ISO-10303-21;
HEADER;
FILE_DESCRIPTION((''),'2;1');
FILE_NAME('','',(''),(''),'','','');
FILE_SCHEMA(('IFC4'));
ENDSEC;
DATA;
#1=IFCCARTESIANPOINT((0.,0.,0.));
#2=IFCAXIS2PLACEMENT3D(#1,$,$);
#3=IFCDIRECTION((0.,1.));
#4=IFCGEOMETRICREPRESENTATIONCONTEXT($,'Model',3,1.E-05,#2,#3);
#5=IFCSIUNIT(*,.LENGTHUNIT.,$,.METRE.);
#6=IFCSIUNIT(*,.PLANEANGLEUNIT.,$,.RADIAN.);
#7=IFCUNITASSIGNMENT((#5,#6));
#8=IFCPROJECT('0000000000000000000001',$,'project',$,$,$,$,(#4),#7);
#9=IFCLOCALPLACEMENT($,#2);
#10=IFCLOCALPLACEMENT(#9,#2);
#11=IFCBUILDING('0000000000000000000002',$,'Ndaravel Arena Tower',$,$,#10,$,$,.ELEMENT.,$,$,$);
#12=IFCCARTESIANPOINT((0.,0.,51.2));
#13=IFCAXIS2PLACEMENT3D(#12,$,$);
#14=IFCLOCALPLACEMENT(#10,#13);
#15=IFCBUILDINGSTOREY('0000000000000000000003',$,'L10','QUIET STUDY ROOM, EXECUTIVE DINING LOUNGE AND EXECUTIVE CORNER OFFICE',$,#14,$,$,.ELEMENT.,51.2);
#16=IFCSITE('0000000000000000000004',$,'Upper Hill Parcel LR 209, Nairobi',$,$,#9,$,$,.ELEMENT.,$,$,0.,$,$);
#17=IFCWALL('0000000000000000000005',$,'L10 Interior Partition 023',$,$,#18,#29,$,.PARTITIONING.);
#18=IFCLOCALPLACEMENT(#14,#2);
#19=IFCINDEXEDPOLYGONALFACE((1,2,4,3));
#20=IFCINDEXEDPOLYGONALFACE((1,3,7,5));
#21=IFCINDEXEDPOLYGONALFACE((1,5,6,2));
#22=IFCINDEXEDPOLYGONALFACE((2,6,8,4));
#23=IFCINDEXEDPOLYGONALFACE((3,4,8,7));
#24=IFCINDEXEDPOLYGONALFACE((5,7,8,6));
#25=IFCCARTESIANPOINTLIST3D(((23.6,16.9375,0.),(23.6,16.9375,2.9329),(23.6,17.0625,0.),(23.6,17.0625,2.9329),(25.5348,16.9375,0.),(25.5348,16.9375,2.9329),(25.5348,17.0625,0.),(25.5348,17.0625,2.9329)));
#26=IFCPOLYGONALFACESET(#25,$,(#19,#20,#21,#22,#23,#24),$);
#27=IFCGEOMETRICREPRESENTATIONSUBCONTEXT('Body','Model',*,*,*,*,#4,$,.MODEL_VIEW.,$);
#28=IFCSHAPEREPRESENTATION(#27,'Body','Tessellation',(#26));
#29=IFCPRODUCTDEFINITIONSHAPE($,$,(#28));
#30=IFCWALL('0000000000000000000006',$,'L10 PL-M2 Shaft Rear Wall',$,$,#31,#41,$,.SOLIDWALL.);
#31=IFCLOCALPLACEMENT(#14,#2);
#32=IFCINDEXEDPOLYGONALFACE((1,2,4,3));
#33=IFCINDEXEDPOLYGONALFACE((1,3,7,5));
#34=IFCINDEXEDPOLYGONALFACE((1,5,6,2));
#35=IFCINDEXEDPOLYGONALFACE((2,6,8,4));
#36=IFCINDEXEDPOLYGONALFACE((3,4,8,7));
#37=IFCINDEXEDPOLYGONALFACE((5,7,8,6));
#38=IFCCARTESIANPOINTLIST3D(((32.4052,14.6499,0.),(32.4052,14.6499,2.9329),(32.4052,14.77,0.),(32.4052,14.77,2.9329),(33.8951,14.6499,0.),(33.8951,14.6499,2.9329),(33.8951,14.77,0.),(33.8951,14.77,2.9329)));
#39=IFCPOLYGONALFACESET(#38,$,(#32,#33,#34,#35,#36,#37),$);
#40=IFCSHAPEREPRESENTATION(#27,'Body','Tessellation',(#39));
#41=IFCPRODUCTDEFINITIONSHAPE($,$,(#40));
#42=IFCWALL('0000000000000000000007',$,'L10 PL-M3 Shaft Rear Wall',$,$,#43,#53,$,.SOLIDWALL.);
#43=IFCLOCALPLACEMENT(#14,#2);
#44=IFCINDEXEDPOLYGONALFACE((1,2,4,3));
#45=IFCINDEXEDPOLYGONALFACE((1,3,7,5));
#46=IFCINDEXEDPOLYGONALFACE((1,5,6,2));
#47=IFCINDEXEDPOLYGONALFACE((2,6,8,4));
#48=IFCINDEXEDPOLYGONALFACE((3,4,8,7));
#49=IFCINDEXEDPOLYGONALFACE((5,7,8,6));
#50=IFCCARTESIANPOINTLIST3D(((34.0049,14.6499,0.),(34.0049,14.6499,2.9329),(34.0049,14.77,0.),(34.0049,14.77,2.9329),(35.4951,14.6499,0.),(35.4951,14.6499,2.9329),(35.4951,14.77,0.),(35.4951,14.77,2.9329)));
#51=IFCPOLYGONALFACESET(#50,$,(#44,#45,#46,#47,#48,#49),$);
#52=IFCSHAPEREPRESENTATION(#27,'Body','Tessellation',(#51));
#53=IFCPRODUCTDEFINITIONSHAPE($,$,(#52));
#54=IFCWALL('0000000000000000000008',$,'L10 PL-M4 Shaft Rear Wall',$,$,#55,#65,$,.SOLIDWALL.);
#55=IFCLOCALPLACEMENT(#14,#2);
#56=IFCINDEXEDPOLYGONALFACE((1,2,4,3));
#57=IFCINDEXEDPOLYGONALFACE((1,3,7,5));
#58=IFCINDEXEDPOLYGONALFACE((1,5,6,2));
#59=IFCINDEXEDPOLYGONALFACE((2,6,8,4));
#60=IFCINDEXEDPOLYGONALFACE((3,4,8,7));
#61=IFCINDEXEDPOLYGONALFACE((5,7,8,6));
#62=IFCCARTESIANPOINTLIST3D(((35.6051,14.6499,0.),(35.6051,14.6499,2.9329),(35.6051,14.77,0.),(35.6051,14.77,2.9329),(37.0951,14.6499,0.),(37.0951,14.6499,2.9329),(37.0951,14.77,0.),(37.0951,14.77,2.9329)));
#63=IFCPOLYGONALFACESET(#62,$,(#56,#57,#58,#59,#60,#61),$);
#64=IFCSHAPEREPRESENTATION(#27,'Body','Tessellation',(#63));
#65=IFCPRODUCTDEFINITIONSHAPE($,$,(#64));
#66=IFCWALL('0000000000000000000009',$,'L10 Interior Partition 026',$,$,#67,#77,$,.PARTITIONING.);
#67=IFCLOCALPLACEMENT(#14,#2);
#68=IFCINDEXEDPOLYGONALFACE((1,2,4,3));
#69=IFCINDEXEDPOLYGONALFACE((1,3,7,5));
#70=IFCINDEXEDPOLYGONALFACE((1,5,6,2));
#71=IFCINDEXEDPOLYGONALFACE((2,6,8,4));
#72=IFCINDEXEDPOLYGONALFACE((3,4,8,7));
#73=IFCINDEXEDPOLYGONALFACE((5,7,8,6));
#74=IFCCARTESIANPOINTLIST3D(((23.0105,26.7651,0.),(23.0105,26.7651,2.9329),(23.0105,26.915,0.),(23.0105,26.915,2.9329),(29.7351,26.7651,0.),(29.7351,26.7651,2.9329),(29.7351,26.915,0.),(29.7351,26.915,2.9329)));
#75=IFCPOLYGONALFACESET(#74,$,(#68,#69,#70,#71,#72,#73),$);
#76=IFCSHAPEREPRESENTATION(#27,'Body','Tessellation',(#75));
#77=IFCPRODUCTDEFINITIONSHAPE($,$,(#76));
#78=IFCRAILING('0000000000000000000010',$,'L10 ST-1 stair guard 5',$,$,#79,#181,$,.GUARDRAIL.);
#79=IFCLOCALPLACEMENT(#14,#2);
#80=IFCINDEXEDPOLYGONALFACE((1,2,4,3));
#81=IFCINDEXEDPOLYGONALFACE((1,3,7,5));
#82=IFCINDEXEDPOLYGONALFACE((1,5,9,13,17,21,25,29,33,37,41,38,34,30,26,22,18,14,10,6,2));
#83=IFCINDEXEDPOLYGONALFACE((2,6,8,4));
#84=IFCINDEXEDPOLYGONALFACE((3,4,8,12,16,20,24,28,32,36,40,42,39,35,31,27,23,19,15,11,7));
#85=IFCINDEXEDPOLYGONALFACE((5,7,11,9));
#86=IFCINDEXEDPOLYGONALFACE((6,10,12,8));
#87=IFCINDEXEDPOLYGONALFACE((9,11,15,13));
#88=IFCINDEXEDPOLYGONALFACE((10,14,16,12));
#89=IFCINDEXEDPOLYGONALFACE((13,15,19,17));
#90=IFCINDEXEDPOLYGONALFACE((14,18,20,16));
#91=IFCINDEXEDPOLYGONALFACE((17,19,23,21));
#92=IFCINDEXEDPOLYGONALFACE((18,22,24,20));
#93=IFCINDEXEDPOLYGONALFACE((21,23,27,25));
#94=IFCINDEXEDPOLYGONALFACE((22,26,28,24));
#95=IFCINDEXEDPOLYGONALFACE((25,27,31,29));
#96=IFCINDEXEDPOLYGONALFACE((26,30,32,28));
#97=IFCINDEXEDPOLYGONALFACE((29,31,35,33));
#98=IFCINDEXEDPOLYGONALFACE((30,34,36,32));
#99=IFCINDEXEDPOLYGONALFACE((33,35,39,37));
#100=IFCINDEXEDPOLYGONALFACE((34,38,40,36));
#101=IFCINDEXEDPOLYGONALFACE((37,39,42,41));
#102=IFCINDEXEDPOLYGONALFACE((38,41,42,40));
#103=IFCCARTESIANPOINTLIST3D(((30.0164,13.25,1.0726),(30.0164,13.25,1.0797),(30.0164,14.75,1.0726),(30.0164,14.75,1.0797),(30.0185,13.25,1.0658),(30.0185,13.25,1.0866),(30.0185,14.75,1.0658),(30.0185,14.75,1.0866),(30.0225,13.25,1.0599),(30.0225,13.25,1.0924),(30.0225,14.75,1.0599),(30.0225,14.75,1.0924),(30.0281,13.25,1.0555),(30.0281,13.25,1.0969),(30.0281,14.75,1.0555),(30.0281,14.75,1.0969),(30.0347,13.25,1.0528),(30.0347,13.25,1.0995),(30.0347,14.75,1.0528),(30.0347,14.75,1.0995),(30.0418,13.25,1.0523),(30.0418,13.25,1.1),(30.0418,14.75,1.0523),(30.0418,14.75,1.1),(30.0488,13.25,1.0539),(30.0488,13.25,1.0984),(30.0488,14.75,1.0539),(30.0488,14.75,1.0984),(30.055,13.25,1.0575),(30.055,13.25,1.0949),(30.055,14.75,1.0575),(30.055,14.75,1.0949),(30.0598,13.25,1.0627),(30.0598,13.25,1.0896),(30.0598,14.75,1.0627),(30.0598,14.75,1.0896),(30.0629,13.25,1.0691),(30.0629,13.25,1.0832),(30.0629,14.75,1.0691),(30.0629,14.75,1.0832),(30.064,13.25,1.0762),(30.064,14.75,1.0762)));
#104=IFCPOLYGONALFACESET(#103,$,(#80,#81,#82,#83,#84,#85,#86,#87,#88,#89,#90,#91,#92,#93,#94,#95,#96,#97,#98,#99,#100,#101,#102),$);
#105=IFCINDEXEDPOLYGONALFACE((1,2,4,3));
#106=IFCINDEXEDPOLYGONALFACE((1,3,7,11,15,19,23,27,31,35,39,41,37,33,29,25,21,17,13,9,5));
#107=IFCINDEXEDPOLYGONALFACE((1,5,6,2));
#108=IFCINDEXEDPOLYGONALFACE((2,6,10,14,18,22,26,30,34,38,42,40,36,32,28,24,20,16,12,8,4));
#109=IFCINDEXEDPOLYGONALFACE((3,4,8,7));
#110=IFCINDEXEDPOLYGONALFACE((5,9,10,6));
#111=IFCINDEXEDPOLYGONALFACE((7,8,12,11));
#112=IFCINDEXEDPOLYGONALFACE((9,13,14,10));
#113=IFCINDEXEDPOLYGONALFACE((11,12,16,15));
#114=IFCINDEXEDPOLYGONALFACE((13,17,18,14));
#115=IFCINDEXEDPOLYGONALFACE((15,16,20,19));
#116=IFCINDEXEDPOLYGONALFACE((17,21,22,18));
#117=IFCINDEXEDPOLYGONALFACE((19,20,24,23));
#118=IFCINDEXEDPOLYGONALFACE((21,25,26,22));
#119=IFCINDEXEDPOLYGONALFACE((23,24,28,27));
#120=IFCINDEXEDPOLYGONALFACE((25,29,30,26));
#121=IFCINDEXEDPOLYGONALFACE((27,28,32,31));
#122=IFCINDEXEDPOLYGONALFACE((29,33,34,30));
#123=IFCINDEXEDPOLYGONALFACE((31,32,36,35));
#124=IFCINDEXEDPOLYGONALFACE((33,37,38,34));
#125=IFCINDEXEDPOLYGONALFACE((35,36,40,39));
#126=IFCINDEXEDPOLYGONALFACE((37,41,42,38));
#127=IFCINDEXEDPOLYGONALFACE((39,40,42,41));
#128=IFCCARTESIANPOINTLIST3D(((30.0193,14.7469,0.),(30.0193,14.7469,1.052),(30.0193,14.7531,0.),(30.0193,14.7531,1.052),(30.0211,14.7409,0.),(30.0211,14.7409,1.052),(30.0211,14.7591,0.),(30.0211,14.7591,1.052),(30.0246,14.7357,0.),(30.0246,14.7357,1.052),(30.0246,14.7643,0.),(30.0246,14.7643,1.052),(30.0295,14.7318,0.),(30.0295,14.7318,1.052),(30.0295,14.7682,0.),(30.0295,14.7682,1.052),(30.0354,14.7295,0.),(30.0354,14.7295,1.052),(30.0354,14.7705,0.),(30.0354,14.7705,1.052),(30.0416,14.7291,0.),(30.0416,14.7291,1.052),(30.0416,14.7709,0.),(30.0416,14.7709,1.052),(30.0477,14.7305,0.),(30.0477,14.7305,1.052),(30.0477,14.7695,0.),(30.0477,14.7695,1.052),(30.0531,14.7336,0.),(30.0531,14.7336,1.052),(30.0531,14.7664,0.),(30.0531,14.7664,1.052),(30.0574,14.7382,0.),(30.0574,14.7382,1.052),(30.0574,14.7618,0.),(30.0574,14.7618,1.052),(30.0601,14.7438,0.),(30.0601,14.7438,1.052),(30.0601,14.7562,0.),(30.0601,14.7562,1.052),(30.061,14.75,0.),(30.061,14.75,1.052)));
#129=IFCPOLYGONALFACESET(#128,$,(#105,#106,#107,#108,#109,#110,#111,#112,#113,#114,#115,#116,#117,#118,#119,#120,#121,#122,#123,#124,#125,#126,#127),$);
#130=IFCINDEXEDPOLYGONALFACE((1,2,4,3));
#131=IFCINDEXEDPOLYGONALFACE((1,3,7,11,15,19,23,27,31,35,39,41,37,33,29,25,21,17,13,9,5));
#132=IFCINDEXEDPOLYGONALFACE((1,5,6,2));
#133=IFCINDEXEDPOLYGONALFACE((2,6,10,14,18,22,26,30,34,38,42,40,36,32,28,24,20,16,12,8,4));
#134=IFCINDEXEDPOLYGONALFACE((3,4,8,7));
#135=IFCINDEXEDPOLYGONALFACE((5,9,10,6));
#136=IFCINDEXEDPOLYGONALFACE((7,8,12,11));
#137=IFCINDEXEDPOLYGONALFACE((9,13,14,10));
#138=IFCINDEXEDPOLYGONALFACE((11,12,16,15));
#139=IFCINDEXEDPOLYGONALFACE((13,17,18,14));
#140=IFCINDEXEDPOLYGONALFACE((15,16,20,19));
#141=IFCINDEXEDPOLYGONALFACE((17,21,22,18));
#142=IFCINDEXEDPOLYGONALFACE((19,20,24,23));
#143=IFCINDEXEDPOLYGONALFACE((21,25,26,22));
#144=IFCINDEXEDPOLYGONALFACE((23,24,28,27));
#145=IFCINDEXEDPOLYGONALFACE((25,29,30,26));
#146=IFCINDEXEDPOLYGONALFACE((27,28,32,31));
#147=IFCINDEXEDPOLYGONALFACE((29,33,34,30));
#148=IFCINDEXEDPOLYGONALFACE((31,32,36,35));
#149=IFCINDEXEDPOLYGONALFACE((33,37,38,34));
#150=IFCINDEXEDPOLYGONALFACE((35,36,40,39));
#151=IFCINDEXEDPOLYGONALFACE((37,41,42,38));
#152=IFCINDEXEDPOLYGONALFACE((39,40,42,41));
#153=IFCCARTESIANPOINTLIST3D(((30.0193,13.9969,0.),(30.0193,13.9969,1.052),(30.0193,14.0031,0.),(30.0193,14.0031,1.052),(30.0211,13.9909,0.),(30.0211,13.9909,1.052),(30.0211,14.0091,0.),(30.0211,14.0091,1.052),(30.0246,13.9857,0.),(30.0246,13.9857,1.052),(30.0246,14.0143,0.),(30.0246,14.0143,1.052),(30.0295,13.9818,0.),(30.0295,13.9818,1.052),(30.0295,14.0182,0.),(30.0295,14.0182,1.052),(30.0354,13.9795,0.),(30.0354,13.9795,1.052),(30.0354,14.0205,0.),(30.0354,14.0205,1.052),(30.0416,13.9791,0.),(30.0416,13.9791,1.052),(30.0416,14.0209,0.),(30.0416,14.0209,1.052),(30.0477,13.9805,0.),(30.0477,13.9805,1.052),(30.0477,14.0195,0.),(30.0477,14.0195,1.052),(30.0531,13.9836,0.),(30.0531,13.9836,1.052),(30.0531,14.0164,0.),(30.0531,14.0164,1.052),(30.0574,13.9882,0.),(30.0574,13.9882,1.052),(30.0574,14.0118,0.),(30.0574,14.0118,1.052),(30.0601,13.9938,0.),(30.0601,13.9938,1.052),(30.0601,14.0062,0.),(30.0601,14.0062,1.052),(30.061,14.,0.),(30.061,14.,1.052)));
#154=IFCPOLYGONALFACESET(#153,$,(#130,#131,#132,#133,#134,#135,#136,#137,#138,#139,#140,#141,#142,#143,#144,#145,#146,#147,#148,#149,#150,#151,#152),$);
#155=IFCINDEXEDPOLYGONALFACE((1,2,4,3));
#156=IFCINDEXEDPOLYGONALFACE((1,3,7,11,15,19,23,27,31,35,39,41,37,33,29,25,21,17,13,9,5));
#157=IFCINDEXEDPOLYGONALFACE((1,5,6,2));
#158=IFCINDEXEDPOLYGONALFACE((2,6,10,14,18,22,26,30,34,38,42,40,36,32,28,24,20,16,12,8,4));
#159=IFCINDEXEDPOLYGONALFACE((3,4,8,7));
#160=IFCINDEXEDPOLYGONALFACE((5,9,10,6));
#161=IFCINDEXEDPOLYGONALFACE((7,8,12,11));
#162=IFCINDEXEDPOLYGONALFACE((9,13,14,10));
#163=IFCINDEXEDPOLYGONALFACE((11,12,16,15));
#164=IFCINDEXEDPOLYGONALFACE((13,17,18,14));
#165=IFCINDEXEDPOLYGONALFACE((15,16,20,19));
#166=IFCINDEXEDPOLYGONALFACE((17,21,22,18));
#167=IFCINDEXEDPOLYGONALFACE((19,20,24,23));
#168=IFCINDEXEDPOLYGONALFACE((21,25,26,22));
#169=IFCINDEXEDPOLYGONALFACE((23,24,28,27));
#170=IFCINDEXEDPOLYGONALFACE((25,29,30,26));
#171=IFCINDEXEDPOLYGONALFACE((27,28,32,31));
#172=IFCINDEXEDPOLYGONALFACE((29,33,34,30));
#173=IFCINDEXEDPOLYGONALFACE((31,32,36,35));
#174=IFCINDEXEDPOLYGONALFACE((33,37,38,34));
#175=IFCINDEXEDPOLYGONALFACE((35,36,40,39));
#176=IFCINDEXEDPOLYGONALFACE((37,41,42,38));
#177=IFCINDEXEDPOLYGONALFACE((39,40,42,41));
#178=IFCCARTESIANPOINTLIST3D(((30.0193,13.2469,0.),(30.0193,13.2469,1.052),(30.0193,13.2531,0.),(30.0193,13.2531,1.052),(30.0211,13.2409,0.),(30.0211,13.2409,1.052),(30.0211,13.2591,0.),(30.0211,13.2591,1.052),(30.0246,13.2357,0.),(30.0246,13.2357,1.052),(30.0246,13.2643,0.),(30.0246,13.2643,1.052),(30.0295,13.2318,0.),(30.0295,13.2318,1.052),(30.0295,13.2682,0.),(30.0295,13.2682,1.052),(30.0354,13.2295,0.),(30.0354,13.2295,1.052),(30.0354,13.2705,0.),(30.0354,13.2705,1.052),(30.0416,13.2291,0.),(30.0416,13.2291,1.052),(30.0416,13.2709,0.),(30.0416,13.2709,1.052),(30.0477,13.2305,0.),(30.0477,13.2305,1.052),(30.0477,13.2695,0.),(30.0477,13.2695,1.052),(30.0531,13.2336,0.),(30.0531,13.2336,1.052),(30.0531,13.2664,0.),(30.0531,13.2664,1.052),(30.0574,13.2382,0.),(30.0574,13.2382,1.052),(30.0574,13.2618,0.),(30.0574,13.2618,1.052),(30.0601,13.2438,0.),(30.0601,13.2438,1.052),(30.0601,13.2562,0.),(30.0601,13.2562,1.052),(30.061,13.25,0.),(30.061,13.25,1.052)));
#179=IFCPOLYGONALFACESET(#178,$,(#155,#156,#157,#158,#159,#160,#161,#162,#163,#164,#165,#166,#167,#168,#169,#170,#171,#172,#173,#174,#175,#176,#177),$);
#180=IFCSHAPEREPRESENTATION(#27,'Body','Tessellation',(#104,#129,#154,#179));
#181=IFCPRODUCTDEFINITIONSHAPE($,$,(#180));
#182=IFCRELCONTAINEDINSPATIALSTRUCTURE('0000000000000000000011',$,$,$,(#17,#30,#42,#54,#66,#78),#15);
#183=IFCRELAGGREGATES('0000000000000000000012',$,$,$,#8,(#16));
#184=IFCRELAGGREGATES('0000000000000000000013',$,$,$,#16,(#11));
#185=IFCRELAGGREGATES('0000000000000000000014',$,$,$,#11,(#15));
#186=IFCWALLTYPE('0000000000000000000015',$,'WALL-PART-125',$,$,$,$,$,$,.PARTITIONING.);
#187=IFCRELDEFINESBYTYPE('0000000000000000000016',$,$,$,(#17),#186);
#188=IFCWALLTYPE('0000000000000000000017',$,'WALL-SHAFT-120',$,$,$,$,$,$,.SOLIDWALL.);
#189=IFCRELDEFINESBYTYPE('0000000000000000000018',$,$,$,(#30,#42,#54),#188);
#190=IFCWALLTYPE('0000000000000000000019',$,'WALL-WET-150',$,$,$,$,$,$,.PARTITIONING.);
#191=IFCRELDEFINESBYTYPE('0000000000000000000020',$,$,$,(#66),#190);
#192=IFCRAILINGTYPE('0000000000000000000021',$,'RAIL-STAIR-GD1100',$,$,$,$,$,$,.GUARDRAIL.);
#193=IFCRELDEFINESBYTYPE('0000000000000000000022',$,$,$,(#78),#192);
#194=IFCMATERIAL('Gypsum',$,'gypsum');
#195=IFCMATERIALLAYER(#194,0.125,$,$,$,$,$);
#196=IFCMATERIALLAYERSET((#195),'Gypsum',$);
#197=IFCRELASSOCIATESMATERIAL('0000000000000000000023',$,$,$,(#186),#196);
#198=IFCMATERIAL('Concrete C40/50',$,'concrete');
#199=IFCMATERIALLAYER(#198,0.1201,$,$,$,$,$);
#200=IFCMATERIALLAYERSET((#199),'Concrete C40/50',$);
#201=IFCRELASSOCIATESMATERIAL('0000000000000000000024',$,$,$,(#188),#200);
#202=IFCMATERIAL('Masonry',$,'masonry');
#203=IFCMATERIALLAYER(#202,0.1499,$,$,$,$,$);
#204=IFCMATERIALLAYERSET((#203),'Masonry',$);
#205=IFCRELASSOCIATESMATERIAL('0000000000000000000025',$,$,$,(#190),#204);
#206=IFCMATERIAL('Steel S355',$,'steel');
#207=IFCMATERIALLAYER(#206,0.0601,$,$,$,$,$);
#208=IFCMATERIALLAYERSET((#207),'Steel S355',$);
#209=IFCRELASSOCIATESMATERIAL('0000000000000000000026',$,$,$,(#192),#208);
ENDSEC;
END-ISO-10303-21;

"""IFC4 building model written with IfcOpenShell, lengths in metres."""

from ifc_helpers import new_model, si_unit, direction, frame, frame_2d, origin, origin_2d, place, context, subcontext, project, spatial, rectangle, circle, extrude, material, layer, layer_set, type_object, element, save


model = new_model("IFC4")

# Units and contexts
model_context = context("Model", 3, precision=1e-05, world=origin(), true_north=direction((0.0, 1.0)))
body_context = subcontext(model_context, "Body", "Model", "MODEL_VIEW")
ifc_project = project(units=[si_unit("LENGTHUNIT", "METRE"), si_unit("PLANEANGLEUNIT", "RADIAN")], contexts=[model_context])

# Site, building, storey
site_placement = place(None, origin())
site = spatial("IfcSite", under=ifc_project, at=site_placement, Name="Upper Hill Parcel LR 209, Nairobi", CompositionType="ELEMENT", RefElevation=0.0)
building_placement = place(site_placement, origin())
building = spatial("IfcBuilding", under=site, at=building_placement, Name="Ndaravel Arena Tower", CompositionType="ELEMENT")
storey_placement = place(building_placement, frame((0.0, 0.0, 51.2)))
storey = spatial("IfcBuildingStorey", under=building, at=storey_placement, Name="L10", Description="QUIET STUDY ROOM, EXECUTIVE DINING LOUNGE AND EXECUTIVE CORNER OFFICE", CompositionType="ELEMENT", Elevation=51.2)

# Shared definitions
ifc_material_1 = material(Name="Gypsum", Category="gypsum")
ifc_layer_1 = layer(ifc_material_1, 0.125)
ifc_layer_set_1 = layer_set([ifc_layer_1], Name="Gypsum")
wall_type_1 = type_object("IfcWallType", Name="WALL-PART-125", PredefinedType="PARTITIONING", material=ifc_layer_set_1)

# Walls
wall_1_placement = place(storey_placement, frame((23.6001, 17.0, 0.0), z_axis=(0.0, 0.0, 1.0), x_axis=(1.0, 0.0, 0.0)))
element("IfcWall", 1, at=wall_1_placement, inside=storey, type_object=wall_type_1, Name="L10 Interior Partition 023", PredefinedType="PARTITIONING", context=body_context, shape_type="SweptSolid", body=[
    extrude(rectangle(XDim=1.9348, YDim=0.125, at=frame_2d((0.9673, 0.0))), origin(), (0.0, 0.0, 1.0), 2.9329),
])
ifc_material_2 = material(Name="Concrete C40/50", Category="concrete")
ifc_layer_2 = layer(ifc_material_2, 0.1201)
ifc_layer_set_2 = layer_set([ifc_layer_2], Name="Concrete C40/50")
wall_type_2 = type_object("IfcWallType", Name="WALL-SHAFT-120", PredefinedType="SOLIDWALL", material=ifc_layer_set_2)
wall_2_placement = place(storey_placement, frame((32.405, 14.71, 0.0), z_axis=(0.0, 0.0, 1.0), x_axis=(1.0, 0.0, 0.0)))
element("IfcWall", 2, at=wall_2_placement, inside=storey, type_object=wall_type_2, Name="L10 PL-M2 Shaft Rear Wall", PredefinedType="SOLIDWALL", context=body_context, shape_type="SweptSolid", body=[
    extrude(rectangle(XDim=1.49, YDim=0.1201, at=frame_2d((0.7451, 0.0))), origin(), (0.0, 0.0, 1.0), 2.9329),
])
wall_3_placement = place(storey_placement, frame((34.0049, 14.71, 0.0), z_axis=(0.0, 0.0, 1.0), x_axis=(1.0, 0.0, 0.0)))
element("IfcWall", 3, at=wall_3_placement, inside=storey, type_object=wall_type_2, Name="L10 PL-M3 Shaft Rear Wall", PredefinedType="SOLIDWALL", context=body_context, shape_type="SweptSolid", body=[
    extrude(rectangle(XDim=1.4902, YDim=0.1201, at=frame_2d((0.7451, 0.0))), origin(), (0.0, 0.0, 1.0), 2.9329),
])
wall_4_placement = place(storey_placement, frame((35.605, 14.71, 0.0), z_axis=(0.0, 0.0, 1.0), x_axis=(1.0, 0.0, 0.0)))
element("IfcWall", 4, at=wall_4_placement, inside=storey, type_object=wall_type_2, Name="L10 PL-M4 Shaft Rear Wall", PredefinedType="SOLIDWALL", context=body_context, shape_type="SweptSolid", body=[
    extrude(rectangle(XDim=1.49, YDim=0.1201, at=frame_2d((0.7451, 0.0))), origin(), (0.0, 0.0, 1.0), 2.9329),
])
ifc_material_3 = material(Name="Masonry", Category="masonry")
ifc_layer_3 = layer(ifc_material_3, 0.1499)
ifc_layer_set_3 = layer_set([ifc_layer_3], Name="Masonry")
wall_type_3 = type_object("IfcWallType", Name="WALL-WET-150", PredefinedType="PARTITIONING", material=ifc_layer_set_3)
wall_5_placement = place(storey_placement, frame((23.0105, 26.8401, 0.0), z_axis=(0.0, 0.0, 1.0), x_axis=(1.0, 0.0, 0.0)))
element("IfcWall", 5, at=wall_5_placement, inside=storey, type_object=wall_type_3, Name="L10 Interior Partition 026", PredefinedType="PARTITIONING", context=body_context, shape_type="SweptSolid", body=[
    extrude(rectangle(XDim=6.7246, YDim=0.1499, at=frame_2d((3.3623, 0.0))), origin(), (0.0, 0.0, 1.0), 2.9329),
])

# Railing
ifc_material_4 = material(Name="Steel S355", Category="steel")
ifc_layer_4 = layer(ifc_material_4, 0.0601)
ifc_layer_set_4 = layer_set([ifc_layer_4], Name="Steel S355")
railing_type = type_object("IfcRailingType", Name="RAIL-STAIR-GD1100", PredefinedType="GUARDRAIL", material=ifc_layer_set_4)
railing_placement = place(storey_placement, frame((30.04, 14.75, 0.0)))
element("IfcRailing", 6, at=railing_placement, inside=storey, type_object=railing_type, Name="L10 ST-1 stair guard 5", PredefinedType="GUARDRAIL", context=body_context, shape_type="SweptSolid", body=[
    extrude(circle(Radius=0.0239, at=origin_2d()), frame((0.0, 0.0, 1.0762), z_axis=(0.0, -1.0, 0.0), x_axis=(1.0, 0.0, 0.0)), (0.0, 0.0, 1.0), 1.5),
    extrude(circle(Radius=0.021, at=origin_2d()), origin(), (0.0, 0.0, 1.0), 1.052),
    extrude(circle(Radius=0.021, at=origin_2d()), frame((0.0, -0.75, 0.0)), (0.0, 0.0, 1.0), 1.052),
    extrude(circle(Radius=0.021, at=origin_2d()), frame((0.0, -1.5, 0.0)), (0.0, 0.0, 1.0), 1.052),
])

save(model, "model.ifc")
